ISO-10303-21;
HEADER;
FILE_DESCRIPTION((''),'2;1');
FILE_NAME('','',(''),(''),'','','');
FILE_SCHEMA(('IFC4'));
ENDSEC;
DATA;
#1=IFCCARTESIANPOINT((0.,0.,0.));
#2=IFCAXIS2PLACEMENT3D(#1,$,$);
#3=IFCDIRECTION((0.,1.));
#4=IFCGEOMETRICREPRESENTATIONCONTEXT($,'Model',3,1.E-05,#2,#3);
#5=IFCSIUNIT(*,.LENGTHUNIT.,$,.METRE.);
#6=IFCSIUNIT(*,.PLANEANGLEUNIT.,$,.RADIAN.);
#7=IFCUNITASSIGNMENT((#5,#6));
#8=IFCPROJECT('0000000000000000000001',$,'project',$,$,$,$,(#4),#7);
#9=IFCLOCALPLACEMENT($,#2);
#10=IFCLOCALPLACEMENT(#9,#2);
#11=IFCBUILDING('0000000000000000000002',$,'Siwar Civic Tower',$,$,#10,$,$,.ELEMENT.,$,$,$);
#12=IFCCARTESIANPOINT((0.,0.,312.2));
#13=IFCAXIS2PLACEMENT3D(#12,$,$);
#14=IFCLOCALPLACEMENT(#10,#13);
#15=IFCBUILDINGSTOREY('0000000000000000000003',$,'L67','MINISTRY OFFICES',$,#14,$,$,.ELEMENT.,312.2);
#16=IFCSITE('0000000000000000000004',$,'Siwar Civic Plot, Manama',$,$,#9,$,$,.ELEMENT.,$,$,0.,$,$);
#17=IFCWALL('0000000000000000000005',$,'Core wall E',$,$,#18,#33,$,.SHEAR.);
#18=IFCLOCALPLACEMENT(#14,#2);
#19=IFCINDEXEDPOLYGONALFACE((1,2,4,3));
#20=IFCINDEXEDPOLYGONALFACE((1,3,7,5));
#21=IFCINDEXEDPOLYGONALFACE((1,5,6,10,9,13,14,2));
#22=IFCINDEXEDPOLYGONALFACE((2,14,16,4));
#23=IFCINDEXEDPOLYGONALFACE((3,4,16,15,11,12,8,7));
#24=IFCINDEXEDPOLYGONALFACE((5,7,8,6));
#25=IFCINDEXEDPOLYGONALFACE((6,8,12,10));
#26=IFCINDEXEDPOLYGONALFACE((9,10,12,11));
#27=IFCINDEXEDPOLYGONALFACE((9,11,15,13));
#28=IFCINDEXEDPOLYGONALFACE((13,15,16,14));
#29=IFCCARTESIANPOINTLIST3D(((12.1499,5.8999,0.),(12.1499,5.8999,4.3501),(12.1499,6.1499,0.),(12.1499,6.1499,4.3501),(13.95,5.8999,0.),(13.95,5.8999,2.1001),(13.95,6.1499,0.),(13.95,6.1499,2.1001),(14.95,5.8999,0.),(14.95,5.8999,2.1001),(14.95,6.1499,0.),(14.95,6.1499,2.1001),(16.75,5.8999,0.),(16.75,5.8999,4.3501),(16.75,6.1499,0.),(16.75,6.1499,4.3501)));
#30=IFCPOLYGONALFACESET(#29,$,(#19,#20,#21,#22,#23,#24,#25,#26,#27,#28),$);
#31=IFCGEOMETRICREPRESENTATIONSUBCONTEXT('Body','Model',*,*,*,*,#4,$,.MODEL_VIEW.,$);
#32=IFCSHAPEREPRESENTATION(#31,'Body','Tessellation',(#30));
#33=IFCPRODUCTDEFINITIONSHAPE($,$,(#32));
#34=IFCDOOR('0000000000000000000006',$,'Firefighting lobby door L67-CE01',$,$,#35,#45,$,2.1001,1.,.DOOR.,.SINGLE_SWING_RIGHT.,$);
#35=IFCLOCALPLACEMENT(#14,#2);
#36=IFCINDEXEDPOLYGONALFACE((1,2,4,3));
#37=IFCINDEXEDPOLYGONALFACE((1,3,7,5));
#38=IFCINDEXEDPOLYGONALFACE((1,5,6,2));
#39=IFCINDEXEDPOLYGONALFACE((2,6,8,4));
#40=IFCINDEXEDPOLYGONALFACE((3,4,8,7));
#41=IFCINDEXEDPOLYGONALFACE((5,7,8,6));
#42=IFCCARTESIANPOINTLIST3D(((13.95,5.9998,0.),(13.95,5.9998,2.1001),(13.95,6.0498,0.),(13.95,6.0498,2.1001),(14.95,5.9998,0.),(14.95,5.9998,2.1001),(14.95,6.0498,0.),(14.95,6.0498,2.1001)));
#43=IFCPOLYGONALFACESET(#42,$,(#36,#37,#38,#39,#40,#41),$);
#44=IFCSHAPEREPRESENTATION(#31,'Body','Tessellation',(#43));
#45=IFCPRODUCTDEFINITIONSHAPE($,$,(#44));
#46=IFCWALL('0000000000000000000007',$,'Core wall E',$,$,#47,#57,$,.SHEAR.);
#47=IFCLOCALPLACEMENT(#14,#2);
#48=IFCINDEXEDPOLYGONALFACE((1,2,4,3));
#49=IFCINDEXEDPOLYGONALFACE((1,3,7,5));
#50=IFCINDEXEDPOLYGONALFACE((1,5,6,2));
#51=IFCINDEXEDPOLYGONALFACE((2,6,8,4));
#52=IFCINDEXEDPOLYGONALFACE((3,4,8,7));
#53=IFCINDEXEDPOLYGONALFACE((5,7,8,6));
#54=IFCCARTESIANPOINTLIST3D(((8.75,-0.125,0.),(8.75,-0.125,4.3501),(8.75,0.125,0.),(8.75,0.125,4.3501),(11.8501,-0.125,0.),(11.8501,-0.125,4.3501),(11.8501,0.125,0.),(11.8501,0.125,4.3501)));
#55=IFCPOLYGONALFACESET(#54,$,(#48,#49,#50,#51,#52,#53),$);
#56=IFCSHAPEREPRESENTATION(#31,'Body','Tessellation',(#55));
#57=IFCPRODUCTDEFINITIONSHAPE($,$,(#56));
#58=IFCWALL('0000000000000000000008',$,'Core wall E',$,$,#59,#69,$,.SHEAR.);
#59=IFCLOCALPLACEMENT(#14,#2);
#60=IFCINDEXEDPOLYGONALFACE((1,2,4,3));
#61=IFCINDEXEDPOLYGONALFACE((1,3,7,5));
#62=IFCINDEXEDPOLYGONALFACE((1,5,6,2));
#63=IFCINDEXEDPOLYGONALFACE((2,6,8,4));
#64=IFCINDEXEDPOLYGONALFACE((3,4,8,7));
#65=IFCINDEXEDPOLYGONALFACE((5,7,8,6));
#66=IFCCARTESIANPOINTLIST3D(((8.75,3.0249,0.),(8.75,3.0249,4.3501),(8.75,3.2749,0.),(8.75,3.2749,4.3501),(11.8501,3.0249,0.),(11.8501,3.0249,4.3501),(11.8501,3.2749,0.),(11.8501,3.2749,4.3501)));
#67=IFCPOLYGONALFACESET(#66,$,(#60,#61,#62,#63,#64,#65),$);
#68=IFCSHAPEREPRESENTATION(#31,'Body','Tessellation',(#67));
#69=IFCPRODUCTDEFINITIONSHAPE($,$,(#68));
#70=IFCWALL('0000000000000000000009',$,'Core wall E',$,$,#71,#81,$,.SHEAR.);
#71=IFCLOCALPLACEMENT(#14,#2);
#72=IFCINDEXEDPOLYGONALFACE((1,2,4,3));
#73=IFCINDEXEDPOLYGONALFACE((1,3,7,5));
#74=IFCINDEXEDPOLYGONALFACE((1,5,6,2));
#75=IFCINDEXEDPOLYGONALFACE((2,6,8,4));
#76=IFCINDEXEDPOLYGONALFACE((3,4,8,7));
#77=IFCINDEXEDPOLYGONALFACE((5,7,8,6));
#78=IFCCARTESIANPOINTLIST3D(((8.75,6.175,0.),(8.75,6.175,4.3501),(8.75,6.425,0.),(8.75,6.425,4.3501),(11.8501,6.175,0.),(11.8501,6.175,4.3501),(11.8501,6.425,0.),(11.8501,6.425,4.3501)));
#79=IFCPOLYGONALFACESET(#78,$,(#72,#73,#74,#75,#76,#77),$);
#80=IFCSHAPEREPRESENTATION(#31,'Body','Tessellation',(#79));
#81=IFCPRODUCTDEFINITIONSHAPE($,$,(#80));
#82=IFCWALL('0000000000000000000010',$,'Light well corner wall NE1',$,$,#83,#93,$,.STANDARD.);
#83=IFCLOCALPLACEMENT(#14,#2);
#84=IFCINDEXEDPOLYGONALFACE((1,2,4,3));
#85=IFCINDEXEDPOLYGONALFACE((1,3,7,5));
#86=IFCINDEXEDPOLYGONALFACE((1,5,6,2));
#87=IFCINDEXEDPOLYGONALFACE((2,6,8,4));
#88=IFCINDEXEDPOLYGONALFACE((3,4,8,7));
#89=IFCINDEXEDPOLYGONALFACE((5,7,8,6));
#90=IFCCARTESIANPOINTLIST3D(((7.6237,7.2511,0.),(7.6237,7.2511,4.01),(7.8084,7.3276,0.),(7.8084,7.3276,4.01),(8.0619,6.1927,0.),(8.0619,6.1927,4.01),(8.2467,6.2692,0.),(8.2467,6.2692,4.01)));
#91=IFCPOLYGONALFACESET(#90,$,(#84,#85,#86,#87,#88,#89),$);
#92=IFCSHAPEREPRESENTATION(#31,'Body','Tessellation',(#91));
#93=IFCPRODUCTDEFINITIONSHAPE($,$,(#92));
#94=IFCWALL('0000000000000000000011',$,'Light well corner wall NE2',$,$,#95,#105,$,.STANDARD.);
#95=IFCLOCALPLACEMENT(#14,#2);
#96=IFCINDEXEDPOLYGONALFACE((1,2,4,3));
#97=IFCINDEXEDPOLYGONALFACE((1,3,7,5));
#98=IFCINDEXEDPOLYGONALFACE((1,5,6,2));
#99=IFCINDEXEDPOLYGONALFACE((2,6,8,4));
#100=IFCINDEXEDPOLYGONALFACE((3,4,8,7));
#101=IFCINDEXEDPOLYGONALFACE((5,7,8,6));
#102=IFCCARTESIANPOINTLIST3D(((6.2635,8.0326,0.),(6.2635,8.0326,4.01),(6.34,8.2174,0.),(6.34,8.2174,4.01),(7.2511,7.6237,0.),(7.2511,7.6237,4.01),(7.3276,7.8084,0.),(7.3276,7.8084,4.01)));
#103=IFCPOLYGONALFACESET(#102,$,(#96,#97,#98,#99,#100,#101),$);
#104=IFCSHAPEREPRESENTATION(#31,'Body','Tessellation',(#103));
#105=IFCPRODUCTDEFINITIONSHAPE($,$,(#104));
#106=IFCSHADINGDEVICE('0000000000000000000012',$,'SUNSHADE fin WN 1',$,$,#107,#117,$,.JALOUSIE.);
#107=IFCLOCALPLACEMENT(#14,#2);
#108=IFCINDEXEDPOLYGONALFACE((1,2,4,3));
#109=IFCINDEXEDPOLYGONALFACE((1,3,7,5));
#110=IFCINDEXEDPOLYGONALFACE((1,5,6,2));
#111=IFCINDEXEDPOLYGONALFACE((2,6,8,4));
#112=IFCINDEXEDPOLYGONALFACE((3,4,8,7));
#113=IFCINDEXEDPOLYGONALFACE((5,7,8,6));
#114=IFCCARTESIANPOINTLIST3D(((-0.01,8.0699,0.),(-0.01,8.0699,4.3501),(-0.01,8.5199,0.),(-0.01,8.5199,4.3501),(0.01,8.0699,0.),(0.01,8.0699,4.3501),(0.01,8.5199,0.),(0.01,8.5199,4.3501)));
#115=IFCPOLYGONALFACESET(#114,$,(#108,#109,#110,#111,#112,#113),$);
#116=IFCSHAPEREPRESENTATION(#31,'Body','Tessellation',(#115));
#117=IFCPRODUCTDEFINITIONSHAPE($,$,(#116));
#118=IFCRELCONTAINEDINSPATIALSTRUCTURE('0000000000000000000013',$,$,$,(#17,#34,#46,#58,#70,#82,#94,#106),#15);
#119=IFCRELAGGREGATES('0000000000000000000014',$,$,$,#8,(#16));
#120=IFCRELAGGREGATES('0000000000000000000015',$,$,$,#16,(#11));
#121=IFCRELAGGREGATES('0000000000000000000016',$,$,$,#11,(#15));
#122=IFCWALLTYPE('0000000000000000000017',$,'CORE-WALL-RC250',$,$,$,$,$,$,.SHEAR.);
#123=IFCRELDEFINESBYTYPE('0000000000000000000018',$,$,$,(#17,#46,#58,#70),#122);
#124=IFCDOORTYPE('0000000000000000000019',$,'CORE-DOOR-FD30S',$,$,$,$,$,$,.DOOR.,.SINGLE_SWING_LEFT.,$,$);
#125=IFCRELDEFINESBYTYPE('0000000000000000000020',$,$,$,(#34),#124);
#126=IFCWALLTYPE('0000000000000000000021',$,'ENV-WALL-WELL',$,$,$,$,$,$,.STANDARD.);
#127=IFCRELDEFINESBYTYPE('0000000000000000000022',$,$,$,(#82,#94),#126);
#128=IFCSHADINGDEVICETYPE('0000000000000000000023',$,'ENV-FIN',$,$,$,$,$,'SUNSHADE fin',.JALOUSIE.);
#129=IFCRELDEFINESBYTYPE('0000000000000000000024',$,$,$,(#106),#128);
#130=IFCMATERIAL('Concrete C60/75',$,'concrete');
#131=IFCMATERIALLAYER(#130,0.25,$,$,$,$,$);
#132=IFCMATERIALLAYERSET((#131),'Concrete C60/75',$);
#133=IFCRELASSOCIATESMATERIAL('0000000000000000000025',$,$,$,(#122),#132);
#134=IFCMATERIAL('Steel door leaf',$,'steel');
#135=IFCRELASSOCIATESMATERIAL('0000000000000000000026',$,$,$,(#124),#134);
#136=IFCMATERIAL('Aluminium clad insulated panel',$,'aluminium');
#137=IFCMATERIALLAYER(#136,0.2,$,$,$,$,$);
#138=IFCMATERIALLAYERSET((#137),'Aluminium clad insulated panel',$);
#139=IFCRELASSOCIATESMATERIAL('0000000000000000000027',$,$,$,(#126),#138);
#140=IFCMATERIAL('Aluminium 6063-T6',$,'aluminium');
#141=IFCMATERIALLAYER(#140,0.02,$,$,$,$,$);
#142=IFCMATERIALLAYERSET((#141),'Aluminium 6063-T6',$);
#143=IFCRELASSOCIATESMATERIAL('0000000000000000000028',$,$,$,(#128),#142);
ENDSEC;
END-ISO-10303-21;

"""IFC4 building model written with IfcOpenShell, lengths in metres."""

from ifc_helpers import new_model, si_unit, direction, frame, frame_2d, origin, origin_2d, place, context, subcontext, project, spatial, rectangle, extrude, material, layer, layer_set, type_object, element, fill, save


model = new_model("IFC4")

# Units and contexts
model_context = context("Model", 3, precision=1e-05, world=origin(), true_north=direction((0.0, 1.0)))
body_context = subcontext(model_context, "Body", "Model", "MODEL_VIEW")
ifc_project = project(units=[si_unit("LENGTHUNIT", "METRE"), si_unit("PLANEANGLEUNIT", "RADIAN")], contexts=[model_context])

# Site, building, storey
site_placement = place(None, origin())
site = spatial("IfcSite", under=ifc_project, at=site_placement, Name="Siwar Civic Plot, Manama", CompositionType="ELEMENT", RefElevation=0.0)
building_placement = place(site_placement, origin())
building = spatial("IfcBuilding", under=site, at=building_placement, Name="Siwar Civic Tower", CompositionType="ELEMENT")
storey_placement = place(building_placement, frame((0.0, 0.0, 312.2)))
storey = spatial("IfcBuildingStorey", under=building, at=storey_placement, Name="L67", Description="MINISTRY OFFICES", CompositionType="ELEMENT", Elevation=312.2)

# Wall, opening, door
ifc_material_1 = material(Name="Concrete C60/75", Category="concrete")
ifc_layer_1 = layer(ifc_material_1, 0.25)
ifc_layer_set_1 = layer_set([ifc_layer_1], Name="Concrete C60/75")
wall_type_1 = type_object("IfcWallType", Name="CORE-WALL-RC250", PredefinedType="SHEAR", material=ifc_layer_set_1)
wall_1_placement = place(storey_placement, frame((12.1499, 6.0249, 0.0), z_axis=(0.0, 0.0, 1.0), x_axis=(1.0, 0.0, 0.0)))
wall_1 = element("IfcWall", 1, at=wall_1_placement, inside=storey, type_object=wall_type_1, Name="Core wall E", PredefinedType="SHEAR", context=body_context, shape_type="SweptSolid", body=[
    extrude(rectangle(XDim=4.6001, YDim=0.25, at=frame_2d((2.3, 0.0))), origin(), (0.0, 0.0, 1.0), 4.3501),
])
opening_placement = place(wall_1_placement, frame((1.8, 0.0, 0.0)))
opening = element("IfcOpeningElement", 2, at=opening_placement, cuts=wall_1, PredefinedType="OPENING", context=body_context, shape_type="SweptSolid", body=[
    extrude(rectangle(XDim=1.0, YDim=2.1001, at=frame_2d((0.5, 1.05))), frame((0.0, 0.135, 0.0), z_axis=(0.0, -1.0, 0.0), x_axis=(1.0, 0.0, 0.0)), (0.0, 0.0, 1.0), 0.27),
])
ifc_material_2 = material(Name="Steel door leaf", Category="steel")
door_type = type_object("IfcDoorType", Name="CORE-DOOR-FD30S", OperationType="SINGLE_SWING_LEFT", PredefinedType="DOOR", material=ifc_material_2)
door_placement = place(opening_placement, origin())
door = element("IfcDoor", 3, at=door_placement, inside=storey, type_object=door_type, Name="Firefighting lobby door L67-CE01", OperationType="SINGLE_SWING_RIGHT", OverallHeight=2.1001, OverallWidth=1.0, PredefinedType="DOOR", context=body_context, shape_type="SweptSolid", body=[
    extrude(rectangle(XDim=1.0, YDim=2.1001, at=frame_2d((0.5, 1.05))), frame((0.0, 0.0249, 0.0), z_axis=(0.0, -1.0, 0.0), x_axis=(1.0, 0.0, 0.0)), (0.0, 0.0, 1.0), 0.05),
])
fill(opening, door)

# Walls
for number, where, z_axis, x_axis, name in (
    (4, (8.75, 0.0, 0.0), (0.0, 0.0, 1.0), (1.0, 0.0, 0.0), "Core wall E"),
    (5, (8.75, 3.1499, 0.0), (0.0, 0.0, 1.0), (1.0, 0.0, 0.0), "Core wall E"),
    (6, (8.75, 6.3, 0.0), (0.0, 0.0, 1.0), (1.0, 0.0, 0.0), "Core wall E"),
):
    element("IfcWall", number, at=place(storey_placement, frame(where, z_axis=z_axis, x_axis=x_axis)), inside=storey, type_object=wall_type_1, Name=name, PredefinedType="SHEAR", context=body_context, shape_type="SweptSolid", body=[
        extrude(rectangle(XDim=3.1001, YDim=0.25, at=frame_2d((1.55, 0.0))), origin(), (0.0, 0.0, 1.0), 4.3501),
    ])
ifc_material_3 = material(Name="Aluminium clad insulated panel", Category="aluminium")
ifc_layer_2 = layer(ifc_material_3, 0.2)
ifc_layer_set_2 = layer_set([ifc_layer_2], Name="Aluminium clad insulated panel")
wall_type_2 = type_object("IfcWallType", Name="ENV-WALL-WELL", PredefinedType="STANDARD", material=ifc_layer_set_2)
wall_2_placement = place(storey_placement, frame((8.1543, 6.231, 0.0), z_axis=(0.0, 0.0, 1.0), x_axis=(-0.382571, 0.923926, 0.0)))
element("IfcWall", 7, at=wall_2_placement, inside=storey, type_object=wall_type_2, Name="Light well corner wall NE1", PredefinedType="STANDARD", context=body_context, shape_type="SweptSolid", body=[
    extrude(rectangle(XDim=1.1455, YDim=0.2, at=frame_2d((0.5728, 0.0))), origin(), (0.0, 0.0, 1.0), 4.01),
])
wall_3_placement = place(storey_placement, frame((7.2893, 7.7161, 0.0), z_axis=(0.0, 0.0, 1.0), x_axis=(-0.923919, 0.382587, 0.0)))
element("IfcWall", 8, at=wall_3_placement, inside=storey, type_object=wall_type_2, Name="Light well corner wall NE2", PredefinedType="STANDARD", context=body_context, shape_type="SweptSolid", body=[
    extrude(rectangle(XDim=1.0688, YDim=0.2, at=frame_2d((0.5344, 0.0))), origin(), (0.0, 0.0, 1.0), 4.01),
])

# Shading device
ifc_material_4 = material(Name="Aluminium 6063-T6", Category="aluminium")
ifc_layer_3 = layer(ifc_material_4, 0.02)
ifc_layer_set_3 = layer_set([ifc_layer_3], Name="Aluminium 6063-T6")
shading_device_type = type_object("IfcShadingDeviceType", Name="ENV-FIN", ElementType="SUNSHADE fin", PredefinedType="JALOUSIE", material=ifc_layer_set_3)
shading_device_placement = place(storey_placement, frame((0.0, 8.2949, 0.0), z_axis=(0.0, 0.0, 1.0), x_axis=(-1.0, 0.0, 0.0)))
element("IfcShadingDevice", 9, at=shading_device_placement, inside=storey, type_object=shading_device_type, Name="SUNSHADE fin WN 1", PredefinedType="JALOUSIE", context=body_context, shape_type="SweptSolid", body=[
    extrude(rectangle(XDim=0.02, YDim=0.45, at=origin_2d()), origin(), (0.0, 0.0, 1.0), 4.3501),
])

save(model, "model.ifc")
